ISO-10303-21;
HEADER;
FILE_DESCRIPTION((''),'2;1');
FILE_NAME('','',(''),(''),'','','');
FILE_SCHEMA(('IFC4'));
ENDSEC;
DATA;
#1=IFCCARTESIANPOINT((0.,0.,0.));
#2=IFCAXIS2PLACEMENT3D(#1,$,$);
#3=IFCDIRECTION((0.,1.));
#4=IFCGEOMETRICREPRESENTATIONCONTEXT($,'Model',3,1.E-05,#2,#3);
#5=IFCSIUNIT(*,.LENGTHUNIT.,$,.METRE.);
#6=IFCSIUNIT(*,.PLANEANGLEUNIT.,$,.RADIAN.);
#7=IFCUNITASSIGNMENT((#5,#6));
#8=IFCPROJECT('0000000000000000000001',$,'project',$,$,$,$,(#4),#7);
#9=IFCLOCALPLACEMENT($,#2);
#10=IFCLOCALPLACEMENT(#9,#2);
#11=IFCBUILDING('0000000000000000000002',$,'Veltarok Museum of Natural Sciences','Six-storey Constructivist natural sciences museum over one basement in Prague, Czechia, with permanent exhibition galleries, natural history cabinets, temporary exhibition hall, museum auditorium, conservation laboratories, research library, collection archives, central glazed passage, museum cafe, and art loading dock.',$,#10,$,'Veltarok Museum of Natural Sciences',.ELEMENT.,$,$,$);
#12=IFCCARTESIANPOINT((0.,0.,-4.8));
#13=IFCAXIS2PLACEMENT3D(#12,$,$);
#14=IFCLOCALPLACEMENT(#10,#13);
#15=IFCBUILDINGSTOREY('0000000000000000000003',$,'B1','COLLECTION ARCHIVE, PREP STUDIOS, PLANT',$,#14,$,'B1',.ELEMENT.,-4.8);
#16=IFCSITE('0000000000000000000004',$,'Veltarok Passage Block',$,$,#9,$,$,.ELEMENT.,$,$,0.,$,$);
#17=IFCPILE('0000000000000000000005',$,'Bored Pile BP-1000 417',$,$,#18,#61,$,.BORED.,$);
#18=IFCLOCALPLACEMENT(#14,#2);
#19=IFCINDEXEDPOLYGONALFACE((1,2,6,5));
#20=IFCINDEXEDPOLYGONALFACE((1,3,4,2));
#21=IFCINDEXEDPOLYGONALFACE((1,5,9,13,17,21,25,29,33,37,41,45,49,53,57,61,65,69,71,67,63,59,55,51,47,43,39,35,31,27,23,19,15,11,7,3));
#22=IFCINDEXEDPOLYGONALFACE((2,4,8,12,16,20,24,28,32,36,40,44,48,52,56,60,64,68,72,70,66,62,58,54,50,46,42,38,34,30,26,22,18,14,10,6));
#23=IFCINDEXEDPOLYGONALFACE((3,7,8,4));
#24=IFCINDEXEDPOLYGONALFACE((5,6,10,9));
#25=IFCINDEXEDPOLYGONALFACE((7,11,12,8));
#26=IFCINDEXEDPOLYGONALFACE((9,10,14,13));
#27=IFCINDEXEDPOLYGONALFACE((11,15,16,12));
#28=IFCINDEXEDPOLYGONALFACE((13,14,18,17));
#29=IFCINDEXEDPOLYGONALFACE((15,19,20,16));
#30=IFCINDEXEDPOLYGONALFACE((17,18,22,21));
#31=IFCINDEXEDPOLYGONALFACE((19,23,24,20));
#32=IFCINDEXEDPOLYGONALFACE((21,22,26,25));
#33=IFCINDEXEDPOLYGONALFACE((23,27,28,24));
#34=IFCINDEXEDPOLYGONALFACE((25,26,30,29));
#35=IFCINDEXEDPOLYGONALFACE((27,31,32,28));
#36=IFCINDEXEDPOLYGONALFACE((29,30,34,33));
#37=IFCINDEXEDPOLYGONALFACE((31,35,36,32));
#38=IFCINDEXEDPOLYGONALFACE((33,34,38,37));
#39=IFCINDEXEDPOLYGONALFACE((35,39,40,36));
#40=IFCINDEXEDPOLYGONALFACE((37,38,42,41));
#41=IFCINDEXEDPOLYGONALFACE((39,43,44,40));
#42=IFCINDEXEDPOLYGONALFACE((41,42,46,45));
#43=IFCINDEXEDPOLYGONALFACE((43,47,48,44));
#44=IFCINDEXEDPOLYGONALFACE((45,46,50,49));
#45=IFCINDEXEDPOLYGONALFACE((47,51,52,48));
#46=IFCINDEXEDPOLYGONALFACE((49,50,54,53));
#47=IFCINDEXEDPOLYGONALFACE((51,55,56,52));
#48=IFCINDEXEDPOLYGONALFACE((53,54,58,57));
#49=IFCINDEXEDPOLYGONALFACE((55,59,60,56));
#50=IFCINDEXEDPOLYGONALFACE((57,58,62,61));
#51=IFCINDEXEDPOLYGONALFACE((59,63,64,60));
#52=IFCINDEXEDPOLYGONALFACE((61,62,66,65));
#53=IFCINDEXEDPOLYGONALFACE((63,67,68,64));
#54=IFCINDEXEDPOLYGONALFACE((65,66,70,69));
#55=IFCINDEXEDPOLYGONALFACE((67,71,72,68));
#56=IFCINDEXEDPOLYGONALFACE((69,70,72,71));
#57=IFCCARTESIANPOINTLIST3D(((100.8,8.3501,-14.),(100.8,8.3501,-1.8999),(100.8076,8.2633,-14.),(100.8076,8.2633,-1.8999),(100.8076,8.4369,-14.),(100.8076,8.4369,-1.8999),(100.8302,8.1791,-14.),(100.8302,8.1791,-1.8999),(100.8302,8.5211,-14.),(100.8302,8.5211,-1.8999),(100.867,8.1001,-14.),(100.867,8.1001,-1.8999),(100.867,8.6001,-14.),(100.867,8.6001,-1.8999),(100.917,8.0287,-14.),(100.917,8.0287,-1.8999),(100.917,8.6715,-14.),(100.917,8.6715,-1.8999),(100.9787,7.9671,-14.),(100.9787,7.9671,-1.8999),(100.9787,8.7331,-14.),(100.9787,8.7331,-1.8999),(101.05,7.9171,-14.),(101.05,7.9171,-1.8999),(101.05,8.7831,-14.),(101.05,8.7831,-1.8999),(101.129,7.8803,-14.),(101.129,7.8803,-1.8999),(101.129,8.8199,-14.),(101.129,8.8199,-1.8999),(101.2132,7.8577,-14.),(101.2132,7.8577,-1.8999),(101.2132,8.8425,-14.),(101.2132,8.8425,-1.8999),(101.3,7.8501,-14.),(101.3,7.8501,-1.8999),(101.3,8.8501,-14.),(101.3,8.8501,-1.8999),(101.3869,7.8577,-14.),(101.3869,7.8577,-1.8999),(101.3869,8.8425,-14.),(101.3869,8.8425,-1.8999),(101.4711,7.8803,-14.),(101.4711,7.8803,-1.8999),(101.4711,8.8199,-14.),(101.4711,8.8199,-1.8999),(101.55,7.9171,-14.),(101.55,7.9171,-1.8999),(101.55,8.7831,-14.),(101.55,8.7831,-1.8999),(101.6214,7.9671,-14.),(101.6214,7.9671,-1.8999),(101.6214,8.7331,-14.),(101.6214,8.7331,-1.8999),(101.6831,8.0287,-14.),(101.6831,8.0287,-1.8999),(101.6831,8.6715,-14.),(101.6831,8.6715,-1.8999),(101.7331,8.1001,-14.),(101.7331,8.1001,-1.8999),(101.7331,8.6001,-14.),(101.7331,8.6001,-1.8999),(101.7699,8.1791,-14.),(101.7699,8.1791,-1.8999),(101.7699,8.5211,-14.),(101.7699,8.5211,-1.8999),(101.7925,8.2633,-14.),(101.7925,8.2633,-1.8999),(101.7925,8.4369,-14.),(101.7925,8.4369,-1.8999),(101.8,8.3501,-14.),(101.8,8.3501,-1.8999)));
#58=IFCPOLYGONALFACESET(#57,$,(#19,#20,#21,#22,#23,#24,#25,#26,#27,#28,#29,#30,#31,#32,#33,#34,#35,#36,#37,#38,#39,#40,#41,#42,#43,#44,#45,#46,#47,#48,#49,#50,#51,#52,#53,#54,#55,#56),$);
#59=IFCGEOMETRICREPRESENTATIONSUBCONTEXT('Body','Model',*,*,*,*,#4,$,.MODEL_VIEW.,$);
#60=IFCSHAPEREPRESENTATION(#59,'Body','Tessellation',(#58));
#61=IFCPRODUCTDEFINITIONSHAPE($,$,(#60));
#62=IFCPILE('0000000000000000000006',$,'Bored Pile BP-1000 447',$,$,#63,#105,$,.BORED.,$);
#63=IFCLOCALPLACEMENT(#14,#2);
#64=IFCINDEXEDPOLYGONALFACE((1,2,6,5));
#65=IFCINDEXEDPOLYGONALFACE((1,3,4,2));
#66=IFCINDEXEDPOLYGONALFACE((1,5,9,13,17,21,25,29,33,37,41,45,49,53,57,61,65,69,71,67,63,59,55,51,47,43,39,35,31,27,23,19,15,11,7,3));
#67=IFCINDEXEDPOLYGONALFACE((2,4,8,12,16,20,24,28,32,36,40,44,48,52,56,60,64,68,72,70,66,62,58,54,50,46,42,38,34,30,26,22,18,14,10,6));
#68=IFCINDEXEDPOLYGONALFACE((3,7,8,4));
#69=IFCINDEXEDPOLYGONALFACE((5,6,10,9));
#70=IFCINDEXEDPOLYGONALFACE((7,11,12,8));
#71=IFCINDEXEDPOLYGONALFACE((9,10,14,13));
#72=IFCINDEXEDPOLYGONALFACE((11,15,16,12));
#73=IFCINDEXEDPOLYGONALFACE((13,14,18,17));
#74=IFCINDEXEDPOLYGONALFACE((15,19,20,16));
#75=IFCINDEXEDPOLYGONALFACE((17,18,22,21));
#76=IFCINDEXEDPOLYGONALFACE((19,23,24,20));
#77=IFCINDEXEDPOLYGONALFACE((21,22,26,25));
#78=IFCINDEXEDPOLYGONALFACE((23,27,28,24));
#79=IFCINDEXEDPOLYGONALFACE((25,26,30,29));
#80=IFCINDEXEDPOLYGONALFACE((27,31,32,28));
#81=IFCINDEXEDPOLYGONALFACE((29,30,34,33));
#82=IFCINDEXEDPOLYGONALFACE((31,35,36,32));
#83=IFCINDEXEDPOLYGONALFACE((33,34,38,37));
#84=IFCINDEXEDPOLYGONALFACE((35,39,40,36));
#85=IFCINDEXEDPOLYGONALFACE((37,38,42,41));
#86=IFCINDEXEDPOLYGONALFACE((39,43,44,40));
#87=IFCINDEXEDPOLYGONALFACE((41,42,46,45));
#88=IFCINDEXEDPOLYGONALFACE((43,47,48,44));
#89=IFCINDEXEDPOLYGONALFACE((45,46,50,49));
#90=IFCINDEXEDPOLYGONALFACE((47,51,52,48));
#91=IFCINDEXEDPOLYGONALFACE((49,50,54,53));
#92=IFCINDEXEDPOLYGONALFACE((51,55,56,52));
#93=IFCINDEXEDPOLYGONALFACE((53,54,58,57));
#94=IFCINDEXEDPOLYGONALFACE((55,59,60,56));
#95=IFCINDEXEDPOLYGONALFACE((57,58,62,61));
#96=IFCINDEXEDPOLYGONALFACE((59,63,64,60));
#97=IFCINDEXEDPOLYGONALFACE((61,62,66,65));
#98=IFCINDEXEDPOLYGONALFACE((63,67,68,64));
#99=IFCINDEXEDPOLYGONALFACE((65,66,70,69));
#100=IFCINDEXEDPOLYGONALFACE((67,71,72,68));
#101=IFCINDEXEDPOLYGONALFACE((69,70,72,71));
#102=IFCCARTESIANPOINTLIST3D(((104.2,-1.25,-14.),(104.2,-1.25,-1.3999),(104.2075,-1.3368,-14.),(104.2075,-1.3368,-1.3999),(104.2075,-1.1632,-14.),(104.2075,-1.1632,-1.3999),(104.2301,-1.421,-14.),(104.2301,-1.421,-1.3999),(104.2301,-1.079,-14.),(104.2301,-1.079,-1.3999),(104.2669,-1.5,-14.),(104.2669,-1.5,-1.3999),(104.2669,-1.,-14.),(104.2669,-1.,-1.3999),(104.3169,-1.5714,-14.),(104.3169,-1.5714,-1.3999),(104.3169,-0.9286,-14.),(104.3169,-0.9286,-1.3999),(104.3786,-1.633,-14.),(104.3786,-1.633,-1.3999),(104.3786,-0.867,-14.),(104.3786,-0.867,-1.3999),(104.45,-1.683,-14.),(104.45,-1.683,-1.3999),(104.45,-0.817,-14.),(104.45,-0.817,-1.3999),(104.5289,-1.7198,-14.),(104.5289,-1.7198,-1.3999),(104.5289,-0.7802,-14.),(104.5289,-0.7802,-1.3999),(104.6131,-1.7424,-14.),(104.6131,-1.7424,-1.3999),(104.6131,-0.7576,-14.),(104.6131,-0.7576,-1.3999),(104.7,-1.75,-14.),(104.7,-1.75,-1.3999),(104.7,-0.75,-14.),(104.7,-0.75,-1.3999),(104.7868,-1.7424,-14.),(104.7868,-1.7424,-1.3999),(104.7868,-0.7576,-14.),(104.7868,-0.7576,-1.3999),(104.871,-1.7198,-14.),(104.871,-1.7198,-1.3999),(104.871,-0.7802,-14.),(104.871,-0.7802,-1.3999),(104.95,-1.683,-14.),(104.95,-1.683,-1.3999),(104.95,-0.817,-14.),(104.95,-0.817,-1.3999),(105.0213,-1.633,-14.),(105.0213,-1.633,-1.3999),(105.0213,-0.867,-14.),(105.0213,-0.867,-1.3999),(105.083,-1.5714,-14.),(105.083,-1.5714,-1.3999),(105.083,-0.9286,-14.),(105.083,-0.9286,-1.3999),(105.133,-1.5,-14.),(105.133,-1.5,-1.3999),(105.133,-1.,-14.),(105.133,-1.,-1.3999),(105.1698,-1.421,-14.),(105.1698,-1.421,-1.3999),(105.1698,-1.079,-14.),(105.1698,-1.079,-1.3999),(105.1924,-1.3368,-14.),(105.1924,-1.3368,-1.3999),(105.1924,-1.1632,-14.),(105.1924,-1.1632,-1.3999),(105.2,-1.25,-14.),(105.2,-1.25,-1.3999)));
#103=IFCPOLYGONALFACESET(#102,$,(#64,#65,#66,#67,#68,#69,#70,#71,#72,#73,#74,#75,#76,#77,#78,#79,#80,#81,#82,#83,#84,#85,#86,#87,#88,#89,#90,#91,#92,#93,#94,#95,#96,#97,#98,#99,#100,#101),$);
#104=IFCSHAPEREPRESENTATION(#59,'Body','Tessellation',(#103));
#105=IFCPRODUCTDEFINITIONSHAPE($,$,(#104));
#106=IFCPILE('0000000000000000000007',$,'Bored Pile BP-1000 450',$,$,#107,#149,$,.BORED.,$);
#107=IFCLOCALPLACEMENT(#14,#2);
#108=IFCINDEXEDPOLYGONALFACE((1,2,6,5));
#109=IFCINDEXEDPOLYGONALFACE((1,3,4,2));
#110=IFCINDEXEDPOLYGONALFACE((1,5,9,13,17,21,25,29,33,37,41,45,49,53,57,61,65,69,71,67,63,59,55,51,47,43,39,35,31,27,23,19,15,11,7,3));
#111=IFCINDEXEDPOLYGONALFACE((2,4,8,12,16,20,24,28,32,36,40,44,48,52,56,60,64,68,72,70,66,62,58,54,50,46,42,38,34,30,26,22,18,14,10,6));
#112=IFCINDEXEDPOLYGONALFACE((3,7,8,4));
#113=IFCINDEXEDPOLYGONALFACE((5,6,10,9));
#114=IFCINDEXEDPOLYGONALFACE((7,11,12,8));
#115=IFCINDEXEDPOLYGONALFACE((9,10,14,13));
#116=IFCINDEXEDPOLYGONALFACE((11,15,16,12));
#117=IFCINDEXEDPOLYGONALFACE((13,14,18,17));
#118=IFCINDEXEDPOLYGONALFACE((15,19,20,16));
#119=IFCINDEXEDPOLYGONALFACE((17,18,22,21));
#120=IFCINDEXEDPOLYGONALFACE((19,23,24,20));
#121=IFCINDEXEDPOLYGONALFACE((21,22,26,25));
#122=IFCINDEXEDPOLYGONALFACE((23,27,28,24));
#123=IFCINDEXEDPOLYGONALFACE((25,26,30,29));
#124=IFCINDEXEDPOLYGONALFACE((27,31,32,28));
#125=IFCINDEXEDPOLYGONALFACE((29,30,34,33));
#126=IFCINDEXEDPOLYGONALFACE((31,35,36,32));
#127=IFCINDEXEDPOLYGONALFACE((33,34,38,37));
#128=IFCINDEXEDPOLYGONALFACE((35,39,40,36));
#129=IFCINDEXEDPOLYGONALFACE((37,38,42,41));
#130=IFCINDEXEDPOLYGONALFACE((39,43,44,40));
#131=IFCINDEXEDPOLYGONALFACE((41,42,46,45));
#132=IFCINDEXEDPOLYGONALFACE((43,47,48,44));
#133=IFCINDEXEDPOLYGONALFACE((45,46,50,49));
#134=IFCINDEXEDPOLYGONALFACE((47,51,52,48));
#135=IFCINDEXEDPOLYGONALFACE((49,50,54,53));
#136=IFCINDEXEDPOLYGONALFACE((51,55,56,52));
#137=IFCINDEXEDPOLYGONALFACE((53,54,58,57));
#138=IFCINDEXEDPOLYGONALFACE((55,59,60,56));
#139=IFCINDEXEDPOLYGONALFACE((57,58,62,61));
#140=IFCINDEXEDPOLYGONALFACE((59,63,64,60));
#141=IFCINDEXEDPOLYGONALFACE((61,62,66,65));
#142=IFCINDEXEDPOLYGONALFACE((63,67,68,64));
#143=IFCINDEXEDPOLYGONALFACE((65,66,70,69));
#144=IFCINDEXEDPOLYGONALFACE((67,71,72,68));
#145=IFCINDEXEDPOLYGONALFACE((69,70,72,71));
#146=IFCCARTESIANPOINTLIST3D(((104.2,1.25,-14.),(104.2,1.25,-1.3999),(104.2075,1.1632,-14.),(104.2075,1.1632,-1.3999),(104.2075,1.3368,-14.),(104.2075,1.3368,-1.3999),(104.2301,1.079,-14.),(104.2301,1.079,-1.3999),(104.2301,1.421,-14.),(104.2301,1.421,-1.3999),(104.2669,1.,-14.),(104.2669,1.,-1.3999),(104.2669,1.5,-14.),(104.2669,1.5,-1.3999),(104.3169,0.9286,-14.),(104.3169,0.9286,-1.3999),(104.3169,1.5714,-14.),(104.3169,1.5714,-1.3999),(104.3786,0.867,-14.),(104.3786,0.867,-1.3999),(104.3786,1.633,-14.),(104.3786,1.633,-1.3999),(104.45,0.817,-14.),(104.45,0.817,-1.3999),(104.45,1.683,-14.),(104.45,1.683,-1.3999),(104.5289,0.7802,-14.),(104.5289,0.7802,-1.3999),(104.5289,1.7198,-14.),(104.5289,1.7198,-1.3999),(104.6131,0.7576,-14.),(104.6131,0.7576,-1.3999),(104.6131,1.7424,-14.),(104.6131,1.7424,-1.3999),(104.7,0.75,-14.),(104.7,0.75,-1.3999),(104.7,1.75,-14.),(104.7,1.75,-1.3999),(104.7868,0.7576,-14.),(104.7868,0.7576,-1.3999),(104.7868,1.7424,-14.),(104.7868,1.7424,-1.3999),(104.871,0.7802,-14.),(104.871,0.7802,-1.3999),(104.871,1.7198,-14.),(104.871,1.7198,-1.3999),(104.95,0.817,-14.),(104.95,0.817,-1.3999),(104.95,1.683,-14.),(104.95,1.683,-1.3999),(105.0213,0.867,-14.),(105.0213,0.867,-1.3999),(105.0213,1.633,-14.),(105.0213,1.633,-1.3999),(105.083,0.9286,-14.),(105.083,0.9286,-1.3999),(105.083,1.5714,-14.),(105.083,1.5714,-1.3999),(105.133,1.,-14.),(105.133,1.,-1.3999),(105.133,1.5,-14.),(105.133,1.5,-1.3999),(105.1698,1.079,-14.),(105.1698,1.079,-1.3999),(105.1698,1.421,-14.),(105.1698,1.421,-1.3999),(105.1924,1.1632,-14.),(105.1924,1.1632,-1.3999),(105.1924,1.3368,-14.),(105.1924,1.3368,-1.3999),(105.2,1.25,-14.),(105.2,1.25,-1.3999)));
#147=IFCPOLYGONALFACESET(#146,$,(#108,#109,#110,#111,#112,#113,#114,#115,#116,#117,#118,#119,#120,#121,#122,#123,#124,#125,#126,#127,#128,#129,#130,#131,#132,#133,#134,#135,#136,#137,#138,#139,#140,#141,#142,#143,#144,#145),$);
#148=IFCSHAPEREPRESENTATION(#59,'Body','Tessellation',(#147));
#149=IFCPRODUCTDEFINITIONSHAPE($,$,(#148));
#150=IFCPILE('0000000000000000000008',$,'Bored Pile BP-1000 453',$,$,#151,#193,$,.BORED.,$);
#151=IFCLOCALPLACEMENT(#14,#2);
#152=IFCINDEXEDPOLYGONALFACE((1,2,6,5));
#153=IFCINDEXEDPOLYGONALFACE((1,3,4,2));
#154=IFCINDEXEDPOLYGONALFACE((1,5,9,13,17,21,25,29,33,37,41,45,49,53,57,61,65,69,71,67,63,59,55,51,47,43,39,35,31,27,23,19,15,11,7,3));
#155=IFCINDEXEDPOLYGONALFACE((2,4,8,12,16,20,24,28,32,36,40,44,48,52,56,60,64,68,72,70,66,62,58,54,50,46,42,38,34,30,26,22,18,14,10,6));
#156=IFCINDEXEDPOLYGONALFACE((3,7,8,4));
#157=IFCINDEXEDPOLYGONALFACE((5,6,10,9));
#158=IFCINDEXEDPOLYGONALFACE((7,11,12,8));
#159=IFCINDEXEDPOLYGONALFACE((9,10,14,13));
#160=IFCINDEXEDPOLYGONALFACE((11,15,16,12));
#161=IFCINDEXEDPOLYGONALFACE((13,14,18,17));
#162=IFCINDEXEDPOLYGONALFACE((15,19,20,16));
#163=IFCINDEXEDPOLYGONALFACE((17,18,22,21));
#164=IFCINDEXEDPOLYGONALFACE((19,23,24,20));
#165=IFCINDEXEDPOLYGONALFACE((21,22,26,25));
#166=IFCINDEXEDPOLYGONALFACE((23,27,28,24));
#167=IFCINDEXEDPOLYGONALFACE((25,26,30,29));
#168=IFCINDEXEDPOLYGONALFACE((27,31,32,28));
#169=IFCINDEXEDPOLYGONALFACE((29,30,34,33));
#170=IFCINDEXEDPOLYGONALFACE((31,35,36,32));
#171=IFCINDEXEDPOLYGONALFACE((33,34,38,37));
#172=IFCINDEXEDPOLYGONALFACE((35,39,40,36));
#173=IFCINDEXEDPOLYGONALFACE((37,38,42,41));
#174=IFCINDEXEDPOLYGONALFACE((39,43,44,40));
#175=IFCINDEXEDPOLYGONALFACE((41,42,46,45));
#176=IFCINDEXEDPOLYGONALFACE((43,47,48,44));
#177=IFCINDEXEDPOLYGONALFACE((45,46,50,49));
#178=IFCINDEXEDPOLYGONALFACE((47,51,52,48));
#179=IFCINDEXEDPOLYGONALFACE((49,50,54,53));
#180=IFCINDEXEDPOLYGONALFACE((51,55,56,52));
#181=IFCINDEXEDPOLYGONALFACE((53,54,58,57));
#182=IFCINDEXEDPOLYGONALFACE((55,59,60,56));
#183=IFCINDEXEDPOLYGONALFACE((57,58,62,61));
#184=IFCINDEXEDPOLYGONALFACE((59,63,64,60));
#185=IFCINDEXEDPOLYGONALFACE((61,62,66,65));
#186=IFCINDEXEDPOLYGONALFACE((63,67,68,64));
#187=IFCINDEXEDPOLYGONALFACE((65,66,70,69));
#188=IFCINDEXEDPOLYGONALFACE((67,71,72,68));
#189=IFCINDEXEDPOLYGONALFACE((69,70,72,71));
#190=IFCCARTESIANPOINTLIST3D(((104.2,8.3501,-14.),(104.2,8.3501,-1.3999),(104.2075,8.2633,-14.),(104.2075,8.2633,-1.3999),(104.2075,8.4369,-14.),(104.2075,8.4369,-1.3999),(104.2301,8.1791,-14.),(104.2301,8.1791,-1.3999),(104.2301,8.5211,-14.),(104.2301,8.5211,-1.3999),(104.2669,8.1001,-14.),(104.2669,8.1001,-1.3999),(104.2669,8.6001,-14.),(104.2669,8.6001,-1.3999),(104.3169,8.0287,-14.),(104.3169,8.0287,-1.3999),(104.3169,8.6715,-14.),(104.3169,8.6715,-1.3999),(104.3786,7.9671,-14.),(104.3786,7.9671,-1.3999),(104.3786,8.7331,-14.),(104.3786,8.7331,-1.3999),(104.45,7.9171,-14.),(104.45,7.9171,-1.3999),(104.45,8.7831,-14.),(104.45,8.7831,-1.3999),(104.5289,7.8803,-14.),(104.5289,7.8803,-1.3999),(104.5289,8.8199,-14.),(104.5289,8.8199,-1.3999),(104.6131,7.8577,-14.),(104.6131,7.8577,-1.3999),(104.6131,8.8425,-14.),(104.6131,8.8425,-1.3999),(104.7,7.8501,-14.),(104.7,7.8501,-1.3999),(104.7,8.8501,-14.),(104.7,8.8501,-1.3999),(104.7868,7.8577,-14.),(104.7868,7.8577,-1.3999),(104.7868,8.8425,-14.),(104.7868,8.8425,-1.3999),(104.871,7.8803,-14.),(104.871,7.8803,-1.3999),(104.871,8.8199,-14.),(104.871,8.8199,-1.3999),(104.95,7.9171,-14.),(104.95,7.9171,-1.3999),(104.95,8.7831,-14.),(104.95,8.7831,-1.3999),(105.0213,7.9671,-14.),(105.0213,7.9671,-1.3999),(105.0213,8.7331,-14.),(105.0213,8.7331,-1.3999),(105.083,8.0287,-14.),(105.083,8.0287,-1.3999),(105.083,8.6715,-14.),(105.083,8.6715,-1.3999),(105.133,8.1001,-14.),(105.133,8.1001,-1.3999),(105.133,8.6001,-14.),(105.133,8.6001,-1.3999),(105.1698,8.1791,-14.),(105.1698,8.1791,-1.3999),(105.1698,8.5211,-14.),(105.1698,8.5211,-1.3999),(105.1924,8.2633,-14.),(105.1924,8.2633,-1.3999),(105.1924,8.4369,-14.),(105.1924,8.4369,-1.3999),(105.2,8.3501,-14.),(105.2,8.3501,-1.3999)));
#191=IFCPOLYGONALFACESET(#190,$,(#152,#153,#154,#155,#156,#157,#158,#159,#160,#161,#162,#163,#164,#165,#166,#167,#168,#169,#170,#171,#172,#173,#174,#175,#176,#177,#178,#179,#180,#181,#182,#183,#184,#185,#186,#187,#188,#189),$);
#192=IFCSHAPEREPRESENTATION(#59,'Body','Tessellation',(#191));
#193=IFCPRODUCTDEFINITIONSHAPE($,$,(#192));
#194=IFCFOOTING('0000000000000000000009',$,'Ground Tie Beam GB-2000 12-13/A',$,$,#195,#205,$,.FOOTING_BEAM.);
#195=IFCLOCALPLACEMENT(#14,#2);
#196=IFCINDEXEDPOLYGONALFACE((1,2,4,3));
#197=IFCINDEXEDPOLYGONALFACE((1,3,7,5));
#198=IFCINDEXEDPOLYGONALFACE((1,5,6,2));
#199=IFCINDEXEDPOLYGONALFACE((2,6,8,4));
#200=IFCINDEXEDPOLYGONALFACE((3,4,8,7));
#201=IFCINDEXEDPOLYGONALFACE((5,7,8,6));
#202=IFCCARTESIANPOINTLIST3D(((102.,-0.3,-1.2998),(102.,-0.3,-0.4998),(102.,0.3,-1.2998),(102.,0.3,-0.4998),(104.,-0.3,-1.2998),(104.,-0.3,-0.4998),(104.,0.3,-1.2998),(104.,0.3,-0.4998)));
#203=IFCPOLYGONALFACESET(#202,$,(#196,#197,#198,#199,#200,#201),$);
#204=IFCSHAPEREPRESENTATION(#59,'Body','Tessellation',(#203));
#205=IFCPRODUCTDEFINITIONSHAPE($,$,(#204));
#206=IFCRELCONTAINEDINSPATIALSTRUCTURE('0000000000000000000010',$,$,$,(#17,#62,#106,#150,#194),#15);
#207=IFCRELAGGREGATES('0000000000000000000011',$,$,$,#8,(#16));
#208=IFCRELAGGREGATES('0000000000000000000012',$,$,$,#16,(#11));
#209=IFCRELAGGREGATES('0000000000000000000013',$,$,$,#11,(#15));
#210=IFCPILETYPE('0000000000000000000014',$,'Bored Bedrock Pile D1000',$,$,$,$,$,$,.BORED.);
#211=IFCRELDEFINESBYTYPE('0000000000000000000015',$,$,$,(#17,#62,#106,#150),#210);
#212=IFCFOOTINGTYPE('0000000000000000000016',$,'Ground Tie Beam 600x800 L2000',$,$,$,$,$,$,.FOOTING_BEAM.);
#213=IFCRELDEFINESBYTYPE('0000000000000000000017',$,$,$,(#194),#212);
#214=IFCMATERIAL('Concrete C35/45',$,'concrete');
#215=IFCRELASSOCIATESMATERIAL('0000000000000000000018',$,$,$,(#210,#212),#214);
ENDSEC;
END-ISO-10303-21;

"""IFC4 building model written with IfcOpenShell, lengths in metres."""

from ifc_helpers import new_model, si_unit, direction, frame, origin, origin_2d, place, context, subcontext, project, spatial, rectangle, circle, extrude, material, material_profile, profile_set, type_object, element, save


model = new_model("IFC4")

# Units and contexts
model_context = context("Model", 3, precision=1e-05, world=origin(), true_north=direction((0.0, 1.0)))
body_context = subcontext(model_context, "Body", "Model", "MODEL_VIEW")
ifc_project = project(units=[si_unit("LENGTHUNIT", "METRE"), si_unit("PLANEANGLEUNIT", "RADIAN")], contexts=[model_context])

# Site, building, storey
site_placement = place(None, origin())
site = spatial("IfcSite", under=ifc_project, at=site_placement, Name="Veltarok Passage Block", CompositionType="ELEMENT", RefElevation=0.0)
building_placement = place(site_placement, origin())
building = spatial("IfcBuilding", under=site, at=building_placement, Name="Veltarok Museum of Natural Sciences", Description="Six-storey Constructivist natural sciences museum over one basement in Prague, Czechia, with permanent exhibition galleries, natural history cabinets, temporary exhibition hall, museum auditorium, conservation laboratories, research library, collection archives, central glazed passage, museum cafe, and art loading dock.", LongName="Veltarok Museum of Natural Sciences", CompositionType="ELEMENT")
storey_placement = place(building_placement, frame((0.0, 0.0, -4.8)))
storey = spatial("IfcBuildingStorey", under=building, at=storey_placement, Name="B1", Description="COLLECTION ARCHIVE, PREP STUDIOS, PLANT", LongName="B1", CompositionType="ELEMENT", Elevation=-4.8)

# Piles
ifc_material_1 = material(Name="Concrete C35/45", Category="concrete")
ifc_material_profile_1 = material_profile(ifc_material_1, circle(Radius=0.5, at=origin_2d()), Name="BP D1000")
ifc_profile_set_1 = profile_set([ifc_material_profile_1], Name="Concrete C35/45")
pile_type = type_object("IfcPileType", Name="Bored Bedrock Pile D1000", PredefinedType="BORED", material=ifc_profile_set_1)
for number, where, z_axis, x_axis, name in (
    (1, (101.3, 8.3501, -1.8999), (0.0, 0.0, -1.0), (1.0, 0.0, 0.0), "Bored Pile BP-1000 417"),
):
    element("IfcPile", number, at=place(storey_placement, frame(where, z_axis=z_axis, x_axis=x_axis)), inside=storey, type_object=pile_type, Name=name, PredefinedType="BORED", context=body_context, shape_type="SweptSolid", body=[
        extrude(circle(Radius=0.5, at=origin_2d()), origin(), (0.0, 0.0, 1.0), 12.1001),
    ])
for number, where, z_axis, x_axis, name in (
    (2, (104.7, -1.25, -1.3999), (0.0, 0.0, -1.0), (1.0, 0.0, 0.0), "Bored Pile BP-1000 447"),
    (3, (104.7, 1.25, -1.3999), (0.0, 0.0, -1.0), (1.0, 0.0, 0.0), "Bored Pile BP-1000 450"),
    (4, (104.7, 8.3501, -1.3999), (0.0, 0.0, -1.0), (1.0, 0.0, 0.0), "Bored Pile BP-1000 453"),
):
    element("IfcPile", number, at=place(storey_placement, frame(where, z_axis=z_axis, x_axis=x_axis)), inside=storey, type_object=pile_type, Name=name, PredefinedType="BORED", context=body_context, shape_type="SweptSolid", body=[
        extrude(circle(Radius=0.5, at=origin_2d()), origin(), (0.0, 0.0, 1.0), 12.6001),
    ])

# Footing
footing_type_1 = type_object("IfcFootingType", Name="Ground Tie Beam 600x800 L2000", PredefinedType="FOOTING_BEAM", material=ifc_material_1)
footing_1_placement = place(storey_placement, frame((103.0, 0.0, -1.2998), z_axis=(0.0, 0.0, 1.0), x_axis=(1.0, 0.0, 0.0)))
element("IfcFooting", 5, at=footing_1_placement, inside=storey, type_object=footing_type_1, Name="Ground Tie Beam GB-2000 12-13/A", PredefinedType="FOOTING_BEAM", context=body_context, shape_type="SweptSolid", body=[
    extrude(rectangle(XDim=2.0, YDim=0.6001, at=origin_2d()), origin(), (0.0, 0.0, 1.0), 0.8),
])

save(model, "model.ifc")
